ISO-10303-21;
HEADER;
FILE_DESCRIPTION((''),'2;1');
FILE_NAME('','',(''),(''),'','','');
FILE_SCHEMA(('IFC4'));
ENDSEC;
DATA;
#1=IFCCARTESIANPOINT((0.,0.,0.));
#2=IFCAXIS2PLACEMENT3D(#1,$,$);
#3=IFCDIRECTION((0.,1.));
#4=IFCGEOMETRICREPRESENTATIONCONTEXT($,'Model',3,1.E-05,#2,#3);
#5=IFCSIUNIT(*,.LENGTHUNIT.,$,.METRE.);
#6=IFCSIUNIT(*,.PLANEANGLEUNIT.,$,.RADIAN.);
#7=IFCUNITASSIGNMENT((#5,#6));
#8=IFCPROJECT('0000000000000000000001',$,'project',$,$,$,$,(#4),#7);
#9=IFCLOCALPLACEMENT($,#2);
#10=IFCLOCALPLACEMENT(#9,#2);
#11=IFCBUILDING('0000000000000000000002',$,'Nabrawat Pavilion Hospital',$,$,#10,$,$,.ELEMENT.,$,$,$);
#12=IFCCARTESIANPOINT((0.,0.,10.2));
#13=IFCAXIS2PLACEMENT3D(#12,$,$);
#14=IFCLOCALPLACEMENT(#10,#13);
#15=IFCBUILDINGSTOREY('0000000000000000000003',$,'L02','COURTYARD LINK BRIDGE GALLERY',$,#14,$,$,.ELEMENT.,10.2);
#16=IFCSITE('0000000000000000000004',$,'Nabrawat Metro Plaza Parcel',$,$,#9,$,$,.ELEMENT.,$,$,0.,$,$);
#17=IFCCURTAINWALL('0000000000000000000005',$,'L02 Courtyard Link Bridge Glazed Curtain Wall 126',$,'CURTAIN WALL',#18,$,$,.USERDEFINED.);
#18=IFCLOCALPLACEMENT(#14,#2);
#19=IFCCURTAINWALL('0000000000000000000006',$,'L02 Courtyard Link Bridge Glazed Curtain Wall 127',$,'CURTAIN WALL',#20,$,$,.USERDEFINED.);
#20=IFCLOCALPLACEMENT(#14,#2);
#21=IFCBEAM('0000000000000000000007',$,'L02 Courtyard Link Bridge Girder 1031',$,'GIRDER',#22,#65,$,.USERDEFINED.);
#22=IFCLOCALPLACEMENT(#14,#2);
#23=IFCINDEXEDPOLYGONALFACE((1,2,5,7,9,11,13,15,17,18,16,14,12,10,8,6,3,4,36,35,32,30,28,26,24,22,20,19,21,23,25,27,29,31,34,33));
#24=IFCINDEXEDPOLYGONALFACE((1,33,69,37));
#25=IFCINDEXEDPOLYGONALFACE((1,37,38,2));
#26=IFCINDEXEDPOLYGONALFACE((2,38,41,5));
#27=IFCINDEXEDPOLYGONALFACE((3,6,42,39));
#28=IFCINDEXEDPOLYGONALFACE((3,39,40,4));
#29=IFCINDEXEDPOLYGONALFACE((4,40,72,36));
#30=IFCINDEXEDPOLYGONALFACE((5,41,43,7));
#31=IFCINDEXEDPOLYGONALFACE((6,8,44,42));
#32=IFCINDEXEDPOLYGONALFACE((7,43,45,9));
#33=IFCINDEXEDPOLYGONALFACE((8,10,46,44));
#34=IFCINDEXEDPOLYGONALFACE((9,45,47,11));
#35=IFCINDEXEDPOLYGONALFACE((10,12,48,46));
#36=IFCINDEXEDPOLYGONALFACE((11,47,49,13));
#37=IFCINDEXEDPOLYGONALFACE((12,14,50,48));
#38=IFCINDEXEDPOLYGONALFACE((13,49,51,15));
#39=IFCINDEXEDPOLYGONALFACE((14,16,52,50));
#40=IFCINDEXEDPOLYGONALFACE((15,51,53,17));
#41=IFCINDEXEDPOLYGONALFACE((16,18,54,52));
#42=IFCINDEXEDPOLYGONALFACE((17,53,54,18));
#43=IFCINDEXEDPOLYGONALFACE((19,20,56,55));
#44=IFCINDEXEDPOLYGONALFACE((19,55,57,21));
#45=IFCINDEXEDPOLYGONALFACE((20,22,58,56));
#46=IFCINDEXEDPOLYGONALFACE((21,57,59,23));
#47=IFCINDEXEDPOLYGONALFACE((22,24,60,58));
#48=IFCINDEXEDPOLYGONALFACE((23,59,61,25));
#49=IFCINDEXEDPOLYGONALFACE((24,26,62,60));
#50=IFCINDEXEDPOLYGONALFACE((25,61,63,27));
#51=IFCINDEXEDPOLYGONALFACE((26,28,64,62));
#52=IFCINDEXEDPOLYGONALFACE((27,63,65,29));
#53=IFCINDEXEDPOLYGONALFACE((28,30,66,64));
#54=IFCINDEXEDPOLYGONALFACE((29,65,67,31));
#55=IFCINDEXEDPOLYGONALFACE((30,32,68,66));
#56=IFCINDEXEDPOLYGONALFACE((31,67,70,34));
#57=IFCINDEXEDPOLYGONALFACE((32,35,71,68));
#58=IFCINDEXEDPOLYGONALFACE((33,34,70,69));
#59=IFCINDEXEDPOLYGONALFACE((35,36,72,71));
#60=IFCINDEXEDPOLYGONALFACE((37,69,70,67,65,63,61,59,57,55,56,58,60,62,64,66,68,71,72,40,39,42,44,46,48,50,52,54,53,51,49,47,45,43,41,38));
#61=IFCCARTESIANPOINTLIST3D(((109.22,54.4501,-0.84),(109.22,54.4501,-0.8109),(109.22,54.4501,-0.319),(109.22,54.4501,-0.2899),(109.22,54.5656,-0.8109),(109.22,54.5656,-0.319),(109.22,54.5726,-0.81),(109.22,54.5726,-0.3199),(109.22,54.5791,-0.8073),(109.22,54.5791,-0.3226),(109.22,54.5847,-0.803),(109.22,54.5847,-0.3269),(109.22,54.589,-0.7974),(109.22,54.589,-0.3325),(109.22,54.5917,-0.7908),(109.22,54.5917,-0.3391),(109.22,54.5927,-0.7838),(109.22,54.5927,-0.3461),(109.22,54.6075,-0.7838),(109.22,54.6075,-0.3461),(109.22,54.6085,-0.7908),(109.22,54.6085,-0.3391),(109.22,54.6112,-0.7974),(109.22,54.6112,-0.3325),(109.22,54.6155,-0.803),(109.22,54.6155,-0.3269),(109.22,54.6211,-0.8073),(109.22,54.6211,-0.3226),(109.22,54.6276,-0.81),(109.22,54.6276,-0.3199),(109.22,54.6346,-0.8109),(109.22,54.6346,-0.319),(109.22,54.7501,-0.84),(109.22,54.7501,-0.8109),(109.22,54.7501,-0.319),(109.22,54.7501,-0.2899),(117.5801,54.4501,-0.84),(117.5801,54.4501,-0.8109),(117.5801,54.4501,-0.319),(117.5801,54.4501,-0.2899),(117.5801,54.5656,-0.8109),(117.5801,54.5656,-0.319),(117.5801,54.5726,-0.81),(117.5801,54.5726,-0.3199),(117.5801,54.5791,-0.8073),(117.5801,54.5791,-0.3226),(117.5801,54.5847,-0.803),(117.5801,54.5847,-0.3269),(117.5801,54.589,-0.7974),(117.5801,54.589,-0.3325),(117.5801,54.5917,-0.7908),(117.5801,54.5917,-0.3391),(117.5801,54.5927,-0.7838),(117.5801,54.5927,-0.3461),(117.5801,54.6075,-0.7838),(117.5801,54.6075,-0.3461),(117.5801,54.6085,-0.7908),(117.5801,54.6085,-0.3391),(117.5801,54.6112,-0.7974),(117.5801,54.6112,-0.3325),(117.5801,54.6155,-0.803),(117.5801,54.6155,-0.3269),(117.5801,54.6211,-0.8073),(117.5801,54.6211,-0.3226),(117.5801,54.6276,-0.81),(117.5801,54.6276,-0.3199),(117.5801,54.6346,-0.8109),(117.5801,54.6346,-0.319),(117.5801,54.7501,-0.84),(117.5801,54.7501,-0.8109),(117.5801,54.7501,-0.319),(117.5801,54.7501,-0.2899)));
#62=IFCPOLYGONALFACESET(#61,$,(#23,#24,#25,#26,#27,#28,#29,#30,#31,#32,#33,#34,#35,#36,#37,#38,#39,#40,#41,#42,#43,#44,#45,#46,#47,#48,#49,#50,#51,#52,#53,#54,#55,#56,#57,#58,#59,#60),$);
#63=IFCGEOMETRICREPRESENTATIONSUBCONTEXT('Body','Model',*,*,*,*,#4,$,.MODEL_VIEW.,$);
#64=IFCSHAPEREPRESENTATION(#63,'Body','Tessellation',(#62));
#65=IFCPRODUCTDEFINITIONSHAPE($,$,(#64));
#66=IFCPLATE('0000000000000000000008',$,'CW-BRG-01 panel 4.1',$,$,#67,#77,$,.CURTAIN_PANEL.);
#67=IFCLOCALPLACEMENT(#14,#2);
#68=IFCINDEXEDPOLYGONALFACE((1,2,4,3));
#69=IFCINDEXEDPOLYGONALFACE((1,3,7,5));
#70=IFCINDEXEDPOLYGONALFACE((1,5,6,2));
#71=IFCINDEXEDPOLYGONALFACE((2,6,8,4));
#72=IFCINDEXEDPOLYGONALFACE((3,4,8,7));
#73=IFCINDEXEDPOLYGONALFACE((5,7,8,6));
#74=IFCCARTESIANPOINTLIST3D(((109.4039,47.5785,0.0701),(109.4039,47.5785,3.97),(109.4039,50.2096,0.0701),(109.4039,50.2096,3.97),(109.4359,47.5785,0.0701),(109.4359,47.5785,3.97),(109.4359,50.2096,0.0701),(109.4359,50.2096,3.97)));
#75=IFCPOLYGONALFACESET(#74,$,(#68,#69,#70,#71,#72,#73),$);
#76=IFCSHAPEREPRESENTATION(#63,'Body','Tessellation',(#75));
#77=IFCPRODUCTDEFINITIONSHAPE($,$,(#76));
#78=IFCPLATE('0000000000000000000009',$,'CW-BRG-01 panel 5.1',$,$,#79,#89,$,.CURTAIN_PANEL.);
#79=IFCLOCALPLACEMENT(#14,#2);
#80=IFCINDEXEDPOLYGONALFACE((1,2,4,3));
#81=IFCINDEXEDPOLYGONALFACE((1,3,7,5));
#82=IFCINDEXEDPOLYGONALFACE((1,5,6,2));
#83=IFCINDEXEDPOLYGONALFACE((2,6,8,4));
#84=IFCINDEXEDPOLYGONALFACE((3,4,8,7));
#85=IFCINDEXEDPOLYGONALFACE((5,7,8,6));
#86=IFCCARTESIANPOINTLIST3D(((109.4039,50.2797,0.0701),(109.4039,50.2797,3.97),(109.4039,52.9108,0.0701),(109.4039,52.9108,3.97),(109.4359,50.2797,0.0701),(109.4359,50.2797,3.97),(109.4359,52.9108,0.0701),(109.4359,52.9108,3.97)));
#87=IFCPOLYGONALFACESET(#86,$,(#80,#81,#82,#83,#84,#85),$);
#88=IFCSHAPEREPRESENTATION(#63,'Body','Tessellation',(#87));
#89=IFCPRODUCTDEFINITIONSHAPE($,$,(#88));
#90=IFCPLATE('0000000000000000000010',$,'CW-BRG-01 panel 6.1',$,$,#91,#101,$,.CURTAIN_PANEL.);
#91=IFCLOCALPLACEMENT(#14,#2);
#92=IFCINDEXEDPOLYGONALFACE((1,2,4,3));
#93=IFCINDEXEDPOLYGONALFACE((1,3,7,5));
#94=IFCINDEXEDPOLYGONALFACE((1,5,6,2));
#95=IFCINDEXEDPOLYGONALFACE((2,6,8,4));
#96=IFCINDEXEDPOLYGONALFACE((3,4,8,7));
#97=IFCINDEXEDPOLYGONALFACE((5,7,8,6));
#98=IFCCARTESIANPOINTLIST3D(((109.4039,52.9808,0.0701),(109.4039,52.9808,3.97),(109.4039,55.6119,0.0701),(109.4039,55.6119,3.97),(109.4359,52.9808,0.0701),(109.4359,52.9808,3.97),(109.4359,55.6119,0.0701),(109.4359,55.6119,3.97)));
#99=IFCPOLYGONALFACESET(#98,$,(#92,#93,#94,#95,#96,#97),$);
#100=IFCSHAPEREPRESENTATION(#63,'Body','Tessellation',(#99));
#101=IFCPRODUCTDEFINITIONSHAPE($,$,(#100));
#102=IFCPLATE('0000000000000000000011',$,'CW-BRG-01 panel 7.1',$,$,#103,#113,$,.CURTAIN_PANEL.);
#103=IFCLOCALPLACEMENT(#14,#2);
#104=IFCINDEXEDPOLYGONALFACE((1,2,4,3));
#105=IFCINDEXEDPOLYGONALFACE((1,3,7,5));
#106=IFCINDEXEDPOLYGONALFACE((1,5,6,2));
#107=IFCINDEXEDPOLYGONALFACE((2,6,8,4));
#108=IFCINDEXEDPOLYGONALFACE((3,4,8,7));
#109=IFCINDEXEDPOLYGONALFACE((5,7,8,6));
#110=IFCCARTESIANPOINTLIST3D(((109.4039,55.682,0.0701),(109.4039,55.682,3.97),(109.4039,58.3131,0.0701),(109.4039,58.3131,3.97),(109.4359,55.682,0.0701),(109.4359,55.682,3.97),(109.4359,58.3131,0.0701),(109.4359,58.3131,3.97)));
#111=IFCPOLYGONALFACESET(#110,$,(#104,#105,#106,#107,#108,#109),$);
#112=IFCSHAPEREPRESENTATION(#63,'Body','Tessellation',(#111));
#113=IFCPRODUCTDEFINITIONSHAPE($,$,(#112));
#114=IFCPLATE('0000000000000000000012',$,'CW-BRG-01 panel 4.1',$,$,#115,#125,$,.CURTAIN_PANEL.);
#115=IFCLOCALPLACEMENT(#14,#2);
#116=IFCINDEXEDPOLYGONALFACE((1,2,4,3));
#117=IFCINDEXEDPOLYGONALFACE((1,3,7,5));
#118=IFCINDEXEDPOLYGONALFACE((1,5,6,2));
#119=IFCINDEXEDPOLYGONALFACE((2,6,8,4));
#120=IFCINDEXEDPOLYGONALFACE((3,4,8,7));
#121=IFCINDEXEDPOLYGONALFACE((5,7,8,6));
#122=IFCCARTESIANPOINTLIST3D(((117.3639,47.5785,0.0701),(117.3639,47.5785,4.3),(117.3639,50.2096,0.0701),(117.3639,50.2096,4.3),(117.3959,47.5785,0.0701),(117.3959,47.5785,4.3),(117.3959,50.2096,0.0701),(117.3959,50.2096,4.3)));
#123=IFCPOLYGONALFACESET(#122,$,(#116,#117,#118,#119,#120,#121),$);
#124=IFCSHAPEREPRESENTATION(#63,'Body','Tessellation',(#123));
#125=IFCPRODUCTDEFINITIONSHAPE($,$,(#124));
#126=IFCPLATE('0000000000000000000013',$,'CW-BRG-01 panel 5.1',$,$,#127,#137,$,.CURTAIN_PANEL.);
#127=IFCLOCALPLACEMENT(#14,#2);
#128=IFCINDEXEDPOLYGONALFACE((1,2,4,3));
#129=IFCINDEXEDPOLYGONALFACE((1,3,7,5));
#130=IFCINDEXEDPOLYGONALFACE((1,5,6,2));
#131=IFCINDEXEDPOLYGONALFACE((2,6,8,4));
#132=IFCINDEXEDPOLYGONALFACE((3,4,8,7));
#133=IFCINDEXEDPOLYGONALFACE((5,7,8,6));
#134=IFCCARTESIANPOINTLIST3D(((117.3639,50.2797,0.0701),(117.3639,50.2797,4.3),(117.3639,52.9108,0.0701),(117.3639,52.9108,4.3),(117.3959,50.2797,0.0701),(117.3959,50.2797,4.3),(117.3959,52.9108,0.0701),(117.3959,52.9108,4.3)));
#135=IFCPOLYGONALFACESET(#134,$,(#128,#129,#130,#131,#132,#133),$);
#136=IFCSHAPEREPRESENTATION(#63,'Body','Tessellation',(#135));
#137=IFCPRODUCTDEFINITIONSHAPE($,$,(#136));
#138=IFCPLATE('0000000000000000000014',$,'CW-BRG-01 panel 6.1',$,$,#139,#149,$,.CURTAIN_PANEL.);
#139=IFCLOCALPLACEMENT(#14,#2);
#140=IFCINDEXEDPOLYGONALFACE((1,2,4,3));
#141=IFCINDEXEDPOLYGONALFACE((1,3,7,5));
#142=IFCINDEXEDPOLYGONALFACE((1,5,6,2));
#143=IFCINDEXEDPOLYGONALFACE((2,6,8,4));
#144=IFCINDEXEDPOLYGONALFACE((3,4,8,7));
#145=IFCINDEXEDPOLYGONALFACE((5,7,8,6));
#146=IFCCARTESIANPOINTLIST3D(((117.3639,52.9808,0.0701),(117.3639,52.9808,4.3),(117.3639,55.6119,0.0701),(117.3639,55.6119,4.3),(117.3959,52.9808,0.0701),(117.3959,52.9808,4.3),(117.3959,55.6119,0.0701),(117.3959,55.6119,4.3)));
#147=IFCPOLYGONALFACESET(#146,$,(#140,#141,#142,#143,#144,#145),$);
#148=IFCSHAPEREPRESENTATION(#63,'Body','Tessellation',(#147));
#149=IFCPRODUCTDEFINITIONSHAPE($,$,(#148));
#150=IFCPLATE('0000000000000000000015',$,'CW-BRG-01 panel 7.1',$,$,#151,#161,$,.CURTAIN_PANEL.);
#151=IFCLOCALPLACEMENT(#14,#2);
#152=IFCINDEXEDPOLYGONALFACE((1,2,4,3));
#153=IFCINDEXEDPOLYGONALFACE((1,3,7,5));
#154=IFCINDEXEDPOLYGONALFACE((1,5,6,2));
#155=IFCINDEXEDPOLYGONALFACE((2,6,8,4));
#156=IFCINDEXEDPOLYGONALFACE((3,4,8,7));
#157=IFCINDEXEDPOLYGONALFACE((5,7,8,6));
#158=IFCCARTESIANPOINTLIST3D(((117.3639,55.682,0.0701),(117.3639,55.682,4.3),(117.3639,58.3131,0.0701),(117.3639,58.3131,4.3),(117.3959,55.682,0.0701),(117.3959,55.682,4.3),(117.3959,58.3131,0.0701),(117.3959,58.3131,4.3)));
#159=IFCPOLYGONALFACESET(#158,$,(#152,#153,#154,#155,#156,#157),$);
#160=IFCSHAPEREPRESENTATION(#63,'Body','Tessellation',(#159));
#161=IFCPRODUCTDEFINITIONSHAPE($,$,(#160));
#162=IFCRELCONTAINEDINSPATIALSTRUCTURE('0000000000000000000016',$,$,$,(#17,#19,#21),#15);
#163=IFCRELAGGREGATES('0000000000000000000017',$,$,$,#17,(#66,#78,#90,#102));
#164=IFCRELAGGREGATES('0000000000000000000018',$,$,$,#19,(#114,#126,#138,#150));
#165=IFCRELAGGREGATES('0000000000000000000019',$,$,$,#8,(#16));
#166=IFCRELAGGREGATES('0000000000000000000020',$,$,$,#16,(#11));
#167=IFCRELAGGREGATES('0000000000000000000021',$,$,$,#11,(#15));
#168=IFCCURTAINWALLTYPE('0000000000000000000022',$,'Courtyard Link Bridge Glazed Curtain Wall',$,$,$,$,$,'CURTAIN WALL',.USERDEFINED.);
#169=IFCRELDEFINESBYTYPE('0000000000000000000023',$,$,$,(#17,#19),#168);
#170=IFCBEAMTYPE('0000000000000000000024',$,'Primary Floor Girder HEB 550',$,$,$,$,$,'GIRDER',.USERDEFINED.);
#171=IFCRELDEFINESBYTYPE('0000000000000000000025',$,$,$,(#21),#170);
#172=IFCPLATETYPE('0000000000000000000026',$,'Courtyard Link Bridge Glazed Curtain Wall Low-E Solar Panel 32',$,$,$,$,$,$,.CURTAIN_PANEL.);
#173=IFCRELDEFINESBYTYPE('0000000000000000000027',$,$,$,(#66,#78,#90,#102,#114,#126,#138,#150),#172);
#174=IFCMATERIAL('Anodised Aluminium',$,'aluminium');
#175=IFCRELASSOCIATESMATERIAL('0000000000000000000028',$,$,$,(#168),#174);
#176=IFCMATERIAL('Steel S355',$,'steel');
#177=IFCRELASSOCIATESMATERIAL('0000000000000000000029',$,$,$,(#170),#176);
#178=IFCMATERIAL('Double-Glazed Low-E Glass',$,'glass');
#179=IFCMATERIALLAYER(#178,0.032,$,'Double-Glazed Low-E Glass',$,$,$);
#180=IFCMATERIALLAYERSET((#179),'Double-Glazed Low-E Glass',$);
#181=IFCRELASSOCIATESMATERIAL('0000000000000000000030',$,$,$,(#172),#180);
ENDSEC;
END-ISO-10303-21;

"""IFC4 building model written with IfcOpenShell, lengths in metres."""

from ifc_helpers import new_model, si_unit, direction, frame, origin, origin_2d, place, context, subcontext, project, spatial, rectangle, i_section, extrude, material, layer, layer_set, material_profile, profile_set, type_object, element, aggregate, save


model = new_model("IFC4")

# Units and contexts
model_context = context("Model", 3, precision=1e-05, world=origin(), true_north=direction((0.0, 1.0)))
body_context = subcontext(model_context, "Body", "Model", "MODEL_VIEW")
ifc_project = project(units=[si_unit("LENGTHUNIT", "METRE"), si_unit("PLANEANGLEUNIT", "RADIAN")], contexts=[model_context])

# Site, building, storey
site_placement = place(None, origin())
site = spatial("IfcSite", under=ifc_project, at=site_placement, Name="Nabrawat Metro Plaza Parcel", CompositionType="ELEMENT", RefElevation=0.0)
building_placement = place(site_placement, origin())
building = spatial("IfcBuilding", under=site, at=building_placement, Name="Nabrawat Pavilion Hospital", CompositionType="ELEMENT")
storey_placement = place(building_placement, frame((0.0, 0.0, 10.2)))
storey = spatial("IfcBuildingStorey", under=building, at=storey_placement, Name="L02", Description="COURTYARD LINK BRIDGE GALLERY", CompositionType="ELEMENT", Elevation=10.2)

# Shared definitions
ifc_material_1 = material(Name="Steel S355", Category="steel")

# Curtain walls
ifc_material_2 = material(Name="Anodised Aluminium", Category="aluminium")
curtain_wall_type = type_object("IfcCurtainWallType", Name="Courtyard Link Bridge Glazed Curtain Wall", ElementType="CURTAIN WALL", PredefinedType="USERDEFINED", material=ifc_material_2)
curtain_wall_1_placement = place(storey_placement, origin())
curtain_wall_1 = element("IfcCurtainWall", 1, at=curtain_wall_1_placement, inside=storey, type_object=curtain_wall_type, Name="L02 Courtyard Link Bridge Glazed Curtain Wall 126", ObjectType="CURTAIN WALL", PredefinedType="USERDEFINED")
curtain_wall_2_placement = place(storey_placement, origin())
curtain_wall_2 = element("IfcCurtainWall", 2, at=curtain_wall_2_placement, inside=storey, type_object=curtain_wall_type, Name="L02 Courtyard Link Bridge Glazed Curtain Wall 127", ObjectType="CURTAIN WALL", PredefinedType="USERDEFINED")

# Beam
ifc_material_profile_1 = material_profile(ifc_material_1, i_section(OverallWidth=0.3, OverallDepth=0.55, WebThickness=0.0149, FlangeThickness=0.0291, FilletRadius=0.0271, at=origin_2d()), Name="HEB 550")
ifc_profile_set_1 = profile_set([ifc_material_profile_1], Name="Steel S355")
beam_type_1 = type_object("IfcBeamType", Name="Primary Floor Girder HEB 550", ElementType="GIRDER", PredefinedType="USERDEFINED", material=ifc_profile_set_1)
beam_1_placement = place(storey_placement, frame((109.22, 54.6001, -0.5649), z_axis=(1.0, 0.0, 0.0), x_axis=(0.0, 1.0, 0.0)))
element("IfcBeam", 3, at=beam_1_placement, inside=storey, type_object=beam_type_1, Name="L02 Courtyard Link Bridge Girder 1031", ObjectType="GIRDER", PredefinedType="USERDEFINED", context=body_context, shape_type="SweptSolid", body=[
    extrude(i_section(OverallWidth=0.3, OverallDepth=0.55, WebThickness=0.0149, FlangeThickness=0.0291, FilletRadius=0.0271, at=origin_2d()), origin(), (0.0, 0.0, 1.0), 8.3601),
])

# Plates
ifc_material_3 = material(Name="Double-Glazed Low-E Glass", Category="glass")
ifc_layer = layer(ifc_material_3, 0.032, Name="Double-Glazed Low-E Glass")
ifc_layer_set = layer_set([ifc_layer], Name="Double-Glazed Low-E Glass")
plate_type = type_object("IfcPlateType", Name="Courtyard Link Bridge Glazed Curtain Wall Low-E Solar Panel 32", PredefinedType="CURTAIN_PANEL", material=ifc_layer_set)
plate_1_placement = place(storey_placement, frame((109.4199, 48.894, 0.0701), z_axis=(0.0, 0.0, 1.0), x_axis=(0.0, 1.0, 0.0)))
plate_1 = element("IfcPlate", 4, at=plate_1_placement, type_object=plate_type, Name="CW-BRG-01 panel 4.1", PredefinedType="CURTAIN_PANEL", context=body_context, shape_type="SweptSolid", body=[
    extrude(rectangle(XDim=2.6311, YDim=0.032, at=origin_2d()), origin(), (0.0, 0.0, 1.0), 3.8999),
])
plate_2_placement = place(storey_placement, frame((109.4199, 51.5952, 0.0701), z_axis=(0.0, 0.0, 1.0), x_axis=(0.0, 1.0, 0.0)))
plate_2 = element("IfcPlate", 5, at=plate_2_placement, type_object=plate_type, Name="CW-BRG-01 panel 5.1", PredefinedType="CURTAIN_PANEL", context=body_context, shape_type="SweptSolid", body=[
    extrude(rectangle(XDim=2.6311, YDim=0.032, at=origin_2d()), origin(), (0.0, 0.0, 1.0), 3.8999),
])
plate_3_placement = place(storey_placement, frame((109.4199, 54.2964, 0.0701), z_axis=(0.0, 0.0, 1.0), x_axis=(0.0, 1.0, 0.0)))
plate_3 = element("IfcPlate", 6, at=plate_3_placement, type_object=plate_type, Name="CW-BRG-01 panel 6.1", PredefinedType="CURTAIN_PANEL", context=body_context, shape_type="SweptSolid", body=[
    extrude(rectangle(XDim=2.6311, YDim=0.032, at=origin_2d()), origin(), (0.0, 0.0, 1.0), 3.8999),
])
plate_4_placement = place(storey_placement, frame((109.4199, 56.9976, 0.0701), z_axis=(0.0, 0.0, 1.0), x_axis=(0.0, 1.0, 0.0)))
plate_4 = element("IfcPlate", 7, at=plate_4_placement, type_object=plate_type, Name="CW-BRG-01 panel 7.1", PredefinedType="CURTAIN_PANEL", context=body_context, shape_type="SweptSolid", body=[
    extrude(rectangle(XDim=2.6311, YDim=0.032, at=origin_2d()), origin(), (0.0, 0.0, 1.0), 3.8999),
])
aggregate(curtain_wall_1, [plate_1, plate_2, plate_3, plate_4])
plate_5_placement = place(storey_placement, frame((117.3799, 48.894, 0.0701), z_axis=(0.0, 0.0, 1.0), x_axis=(0.0, 1.0, 0.0)))
plate_5 = element("IfcPlate", 8, at=plate_5_placement, type_object=plate_type, Name="CW-BRG-01 panel 4.1", PredefinedType="CURTAIN_PANEL", context=body_context, shape_type="SweptSolid", body=[
    extrude(rectangle(XDim=2.6311, YDim=0.032, at=origin_2d()), origin(), (0.0, 0.0, 1.0), 4.23),
])
plate_6_placement = place(storey_placement, frame((117.3799, 51.5952, 0.0701), z_axis=(0.0, 0.0, 1.0), x_axis=(0.0, 1.0, 0.0)))
plate_6 = element("IfcPlate", 9, at=plate_6_placement, type_object=plate_type, Name="CW-BRG-01 panel 5.1", PredefinedType="CURTAIN_PANEL", context=body_context, shape_type="SweptSolid", body=[
    extrude(rectangle(XDim=2.6311, YDim=0.032, at=origin_2d()), origin(), (0.0, 0.0, 1.0), 4.23),
])
plate_7_placement = place(storey_placement, frame((117.3799, 54.2964, 0.0701), z_axis=(0.0, 0.0, 1.0), x_axis=(0.0, 1.0, 0.0)))
plate_7 = element("IfcPlate", 10, at=plate_7_placement, type_object=plate_type, Name="CW-BRG-01 panel 6.1", PredefinedType="CURTAIN_PANEL", context=body_context, shape_type="SweptSolid", body=[
    extrude(rectangle(XDim=2.6311, YDim=0.032, at=origin_2d()), origin(), (0.0, 0.0, 1.0), 4.23),
])
plate_8_placement = place(storey_placement, frame((117.3799, 56.9976, 0.0701), z_axis=(0.0, 0.0, 1.0), x_axis=(0.0, 1.0, 0.0)))
plate_8 = element("IfcPlate", 11, at=plate_8_placement, type_object=plate_type, Name="CW-BRG-01 panel 7.1", PredefinedType="CURTAIN_PANEL", context=body_context, shape_type="SweptSolid", body=[
    extrude(rectangle(XDim=2.6311, YDim=0.032, at=origin_2d()), origin(), (0.0, 0.0, 1.0), 4.23),
])
aggregate(curtain_wall_2, [plate_5, plate_6, plate_7, plate_8])

save(model, "model.ifc")
